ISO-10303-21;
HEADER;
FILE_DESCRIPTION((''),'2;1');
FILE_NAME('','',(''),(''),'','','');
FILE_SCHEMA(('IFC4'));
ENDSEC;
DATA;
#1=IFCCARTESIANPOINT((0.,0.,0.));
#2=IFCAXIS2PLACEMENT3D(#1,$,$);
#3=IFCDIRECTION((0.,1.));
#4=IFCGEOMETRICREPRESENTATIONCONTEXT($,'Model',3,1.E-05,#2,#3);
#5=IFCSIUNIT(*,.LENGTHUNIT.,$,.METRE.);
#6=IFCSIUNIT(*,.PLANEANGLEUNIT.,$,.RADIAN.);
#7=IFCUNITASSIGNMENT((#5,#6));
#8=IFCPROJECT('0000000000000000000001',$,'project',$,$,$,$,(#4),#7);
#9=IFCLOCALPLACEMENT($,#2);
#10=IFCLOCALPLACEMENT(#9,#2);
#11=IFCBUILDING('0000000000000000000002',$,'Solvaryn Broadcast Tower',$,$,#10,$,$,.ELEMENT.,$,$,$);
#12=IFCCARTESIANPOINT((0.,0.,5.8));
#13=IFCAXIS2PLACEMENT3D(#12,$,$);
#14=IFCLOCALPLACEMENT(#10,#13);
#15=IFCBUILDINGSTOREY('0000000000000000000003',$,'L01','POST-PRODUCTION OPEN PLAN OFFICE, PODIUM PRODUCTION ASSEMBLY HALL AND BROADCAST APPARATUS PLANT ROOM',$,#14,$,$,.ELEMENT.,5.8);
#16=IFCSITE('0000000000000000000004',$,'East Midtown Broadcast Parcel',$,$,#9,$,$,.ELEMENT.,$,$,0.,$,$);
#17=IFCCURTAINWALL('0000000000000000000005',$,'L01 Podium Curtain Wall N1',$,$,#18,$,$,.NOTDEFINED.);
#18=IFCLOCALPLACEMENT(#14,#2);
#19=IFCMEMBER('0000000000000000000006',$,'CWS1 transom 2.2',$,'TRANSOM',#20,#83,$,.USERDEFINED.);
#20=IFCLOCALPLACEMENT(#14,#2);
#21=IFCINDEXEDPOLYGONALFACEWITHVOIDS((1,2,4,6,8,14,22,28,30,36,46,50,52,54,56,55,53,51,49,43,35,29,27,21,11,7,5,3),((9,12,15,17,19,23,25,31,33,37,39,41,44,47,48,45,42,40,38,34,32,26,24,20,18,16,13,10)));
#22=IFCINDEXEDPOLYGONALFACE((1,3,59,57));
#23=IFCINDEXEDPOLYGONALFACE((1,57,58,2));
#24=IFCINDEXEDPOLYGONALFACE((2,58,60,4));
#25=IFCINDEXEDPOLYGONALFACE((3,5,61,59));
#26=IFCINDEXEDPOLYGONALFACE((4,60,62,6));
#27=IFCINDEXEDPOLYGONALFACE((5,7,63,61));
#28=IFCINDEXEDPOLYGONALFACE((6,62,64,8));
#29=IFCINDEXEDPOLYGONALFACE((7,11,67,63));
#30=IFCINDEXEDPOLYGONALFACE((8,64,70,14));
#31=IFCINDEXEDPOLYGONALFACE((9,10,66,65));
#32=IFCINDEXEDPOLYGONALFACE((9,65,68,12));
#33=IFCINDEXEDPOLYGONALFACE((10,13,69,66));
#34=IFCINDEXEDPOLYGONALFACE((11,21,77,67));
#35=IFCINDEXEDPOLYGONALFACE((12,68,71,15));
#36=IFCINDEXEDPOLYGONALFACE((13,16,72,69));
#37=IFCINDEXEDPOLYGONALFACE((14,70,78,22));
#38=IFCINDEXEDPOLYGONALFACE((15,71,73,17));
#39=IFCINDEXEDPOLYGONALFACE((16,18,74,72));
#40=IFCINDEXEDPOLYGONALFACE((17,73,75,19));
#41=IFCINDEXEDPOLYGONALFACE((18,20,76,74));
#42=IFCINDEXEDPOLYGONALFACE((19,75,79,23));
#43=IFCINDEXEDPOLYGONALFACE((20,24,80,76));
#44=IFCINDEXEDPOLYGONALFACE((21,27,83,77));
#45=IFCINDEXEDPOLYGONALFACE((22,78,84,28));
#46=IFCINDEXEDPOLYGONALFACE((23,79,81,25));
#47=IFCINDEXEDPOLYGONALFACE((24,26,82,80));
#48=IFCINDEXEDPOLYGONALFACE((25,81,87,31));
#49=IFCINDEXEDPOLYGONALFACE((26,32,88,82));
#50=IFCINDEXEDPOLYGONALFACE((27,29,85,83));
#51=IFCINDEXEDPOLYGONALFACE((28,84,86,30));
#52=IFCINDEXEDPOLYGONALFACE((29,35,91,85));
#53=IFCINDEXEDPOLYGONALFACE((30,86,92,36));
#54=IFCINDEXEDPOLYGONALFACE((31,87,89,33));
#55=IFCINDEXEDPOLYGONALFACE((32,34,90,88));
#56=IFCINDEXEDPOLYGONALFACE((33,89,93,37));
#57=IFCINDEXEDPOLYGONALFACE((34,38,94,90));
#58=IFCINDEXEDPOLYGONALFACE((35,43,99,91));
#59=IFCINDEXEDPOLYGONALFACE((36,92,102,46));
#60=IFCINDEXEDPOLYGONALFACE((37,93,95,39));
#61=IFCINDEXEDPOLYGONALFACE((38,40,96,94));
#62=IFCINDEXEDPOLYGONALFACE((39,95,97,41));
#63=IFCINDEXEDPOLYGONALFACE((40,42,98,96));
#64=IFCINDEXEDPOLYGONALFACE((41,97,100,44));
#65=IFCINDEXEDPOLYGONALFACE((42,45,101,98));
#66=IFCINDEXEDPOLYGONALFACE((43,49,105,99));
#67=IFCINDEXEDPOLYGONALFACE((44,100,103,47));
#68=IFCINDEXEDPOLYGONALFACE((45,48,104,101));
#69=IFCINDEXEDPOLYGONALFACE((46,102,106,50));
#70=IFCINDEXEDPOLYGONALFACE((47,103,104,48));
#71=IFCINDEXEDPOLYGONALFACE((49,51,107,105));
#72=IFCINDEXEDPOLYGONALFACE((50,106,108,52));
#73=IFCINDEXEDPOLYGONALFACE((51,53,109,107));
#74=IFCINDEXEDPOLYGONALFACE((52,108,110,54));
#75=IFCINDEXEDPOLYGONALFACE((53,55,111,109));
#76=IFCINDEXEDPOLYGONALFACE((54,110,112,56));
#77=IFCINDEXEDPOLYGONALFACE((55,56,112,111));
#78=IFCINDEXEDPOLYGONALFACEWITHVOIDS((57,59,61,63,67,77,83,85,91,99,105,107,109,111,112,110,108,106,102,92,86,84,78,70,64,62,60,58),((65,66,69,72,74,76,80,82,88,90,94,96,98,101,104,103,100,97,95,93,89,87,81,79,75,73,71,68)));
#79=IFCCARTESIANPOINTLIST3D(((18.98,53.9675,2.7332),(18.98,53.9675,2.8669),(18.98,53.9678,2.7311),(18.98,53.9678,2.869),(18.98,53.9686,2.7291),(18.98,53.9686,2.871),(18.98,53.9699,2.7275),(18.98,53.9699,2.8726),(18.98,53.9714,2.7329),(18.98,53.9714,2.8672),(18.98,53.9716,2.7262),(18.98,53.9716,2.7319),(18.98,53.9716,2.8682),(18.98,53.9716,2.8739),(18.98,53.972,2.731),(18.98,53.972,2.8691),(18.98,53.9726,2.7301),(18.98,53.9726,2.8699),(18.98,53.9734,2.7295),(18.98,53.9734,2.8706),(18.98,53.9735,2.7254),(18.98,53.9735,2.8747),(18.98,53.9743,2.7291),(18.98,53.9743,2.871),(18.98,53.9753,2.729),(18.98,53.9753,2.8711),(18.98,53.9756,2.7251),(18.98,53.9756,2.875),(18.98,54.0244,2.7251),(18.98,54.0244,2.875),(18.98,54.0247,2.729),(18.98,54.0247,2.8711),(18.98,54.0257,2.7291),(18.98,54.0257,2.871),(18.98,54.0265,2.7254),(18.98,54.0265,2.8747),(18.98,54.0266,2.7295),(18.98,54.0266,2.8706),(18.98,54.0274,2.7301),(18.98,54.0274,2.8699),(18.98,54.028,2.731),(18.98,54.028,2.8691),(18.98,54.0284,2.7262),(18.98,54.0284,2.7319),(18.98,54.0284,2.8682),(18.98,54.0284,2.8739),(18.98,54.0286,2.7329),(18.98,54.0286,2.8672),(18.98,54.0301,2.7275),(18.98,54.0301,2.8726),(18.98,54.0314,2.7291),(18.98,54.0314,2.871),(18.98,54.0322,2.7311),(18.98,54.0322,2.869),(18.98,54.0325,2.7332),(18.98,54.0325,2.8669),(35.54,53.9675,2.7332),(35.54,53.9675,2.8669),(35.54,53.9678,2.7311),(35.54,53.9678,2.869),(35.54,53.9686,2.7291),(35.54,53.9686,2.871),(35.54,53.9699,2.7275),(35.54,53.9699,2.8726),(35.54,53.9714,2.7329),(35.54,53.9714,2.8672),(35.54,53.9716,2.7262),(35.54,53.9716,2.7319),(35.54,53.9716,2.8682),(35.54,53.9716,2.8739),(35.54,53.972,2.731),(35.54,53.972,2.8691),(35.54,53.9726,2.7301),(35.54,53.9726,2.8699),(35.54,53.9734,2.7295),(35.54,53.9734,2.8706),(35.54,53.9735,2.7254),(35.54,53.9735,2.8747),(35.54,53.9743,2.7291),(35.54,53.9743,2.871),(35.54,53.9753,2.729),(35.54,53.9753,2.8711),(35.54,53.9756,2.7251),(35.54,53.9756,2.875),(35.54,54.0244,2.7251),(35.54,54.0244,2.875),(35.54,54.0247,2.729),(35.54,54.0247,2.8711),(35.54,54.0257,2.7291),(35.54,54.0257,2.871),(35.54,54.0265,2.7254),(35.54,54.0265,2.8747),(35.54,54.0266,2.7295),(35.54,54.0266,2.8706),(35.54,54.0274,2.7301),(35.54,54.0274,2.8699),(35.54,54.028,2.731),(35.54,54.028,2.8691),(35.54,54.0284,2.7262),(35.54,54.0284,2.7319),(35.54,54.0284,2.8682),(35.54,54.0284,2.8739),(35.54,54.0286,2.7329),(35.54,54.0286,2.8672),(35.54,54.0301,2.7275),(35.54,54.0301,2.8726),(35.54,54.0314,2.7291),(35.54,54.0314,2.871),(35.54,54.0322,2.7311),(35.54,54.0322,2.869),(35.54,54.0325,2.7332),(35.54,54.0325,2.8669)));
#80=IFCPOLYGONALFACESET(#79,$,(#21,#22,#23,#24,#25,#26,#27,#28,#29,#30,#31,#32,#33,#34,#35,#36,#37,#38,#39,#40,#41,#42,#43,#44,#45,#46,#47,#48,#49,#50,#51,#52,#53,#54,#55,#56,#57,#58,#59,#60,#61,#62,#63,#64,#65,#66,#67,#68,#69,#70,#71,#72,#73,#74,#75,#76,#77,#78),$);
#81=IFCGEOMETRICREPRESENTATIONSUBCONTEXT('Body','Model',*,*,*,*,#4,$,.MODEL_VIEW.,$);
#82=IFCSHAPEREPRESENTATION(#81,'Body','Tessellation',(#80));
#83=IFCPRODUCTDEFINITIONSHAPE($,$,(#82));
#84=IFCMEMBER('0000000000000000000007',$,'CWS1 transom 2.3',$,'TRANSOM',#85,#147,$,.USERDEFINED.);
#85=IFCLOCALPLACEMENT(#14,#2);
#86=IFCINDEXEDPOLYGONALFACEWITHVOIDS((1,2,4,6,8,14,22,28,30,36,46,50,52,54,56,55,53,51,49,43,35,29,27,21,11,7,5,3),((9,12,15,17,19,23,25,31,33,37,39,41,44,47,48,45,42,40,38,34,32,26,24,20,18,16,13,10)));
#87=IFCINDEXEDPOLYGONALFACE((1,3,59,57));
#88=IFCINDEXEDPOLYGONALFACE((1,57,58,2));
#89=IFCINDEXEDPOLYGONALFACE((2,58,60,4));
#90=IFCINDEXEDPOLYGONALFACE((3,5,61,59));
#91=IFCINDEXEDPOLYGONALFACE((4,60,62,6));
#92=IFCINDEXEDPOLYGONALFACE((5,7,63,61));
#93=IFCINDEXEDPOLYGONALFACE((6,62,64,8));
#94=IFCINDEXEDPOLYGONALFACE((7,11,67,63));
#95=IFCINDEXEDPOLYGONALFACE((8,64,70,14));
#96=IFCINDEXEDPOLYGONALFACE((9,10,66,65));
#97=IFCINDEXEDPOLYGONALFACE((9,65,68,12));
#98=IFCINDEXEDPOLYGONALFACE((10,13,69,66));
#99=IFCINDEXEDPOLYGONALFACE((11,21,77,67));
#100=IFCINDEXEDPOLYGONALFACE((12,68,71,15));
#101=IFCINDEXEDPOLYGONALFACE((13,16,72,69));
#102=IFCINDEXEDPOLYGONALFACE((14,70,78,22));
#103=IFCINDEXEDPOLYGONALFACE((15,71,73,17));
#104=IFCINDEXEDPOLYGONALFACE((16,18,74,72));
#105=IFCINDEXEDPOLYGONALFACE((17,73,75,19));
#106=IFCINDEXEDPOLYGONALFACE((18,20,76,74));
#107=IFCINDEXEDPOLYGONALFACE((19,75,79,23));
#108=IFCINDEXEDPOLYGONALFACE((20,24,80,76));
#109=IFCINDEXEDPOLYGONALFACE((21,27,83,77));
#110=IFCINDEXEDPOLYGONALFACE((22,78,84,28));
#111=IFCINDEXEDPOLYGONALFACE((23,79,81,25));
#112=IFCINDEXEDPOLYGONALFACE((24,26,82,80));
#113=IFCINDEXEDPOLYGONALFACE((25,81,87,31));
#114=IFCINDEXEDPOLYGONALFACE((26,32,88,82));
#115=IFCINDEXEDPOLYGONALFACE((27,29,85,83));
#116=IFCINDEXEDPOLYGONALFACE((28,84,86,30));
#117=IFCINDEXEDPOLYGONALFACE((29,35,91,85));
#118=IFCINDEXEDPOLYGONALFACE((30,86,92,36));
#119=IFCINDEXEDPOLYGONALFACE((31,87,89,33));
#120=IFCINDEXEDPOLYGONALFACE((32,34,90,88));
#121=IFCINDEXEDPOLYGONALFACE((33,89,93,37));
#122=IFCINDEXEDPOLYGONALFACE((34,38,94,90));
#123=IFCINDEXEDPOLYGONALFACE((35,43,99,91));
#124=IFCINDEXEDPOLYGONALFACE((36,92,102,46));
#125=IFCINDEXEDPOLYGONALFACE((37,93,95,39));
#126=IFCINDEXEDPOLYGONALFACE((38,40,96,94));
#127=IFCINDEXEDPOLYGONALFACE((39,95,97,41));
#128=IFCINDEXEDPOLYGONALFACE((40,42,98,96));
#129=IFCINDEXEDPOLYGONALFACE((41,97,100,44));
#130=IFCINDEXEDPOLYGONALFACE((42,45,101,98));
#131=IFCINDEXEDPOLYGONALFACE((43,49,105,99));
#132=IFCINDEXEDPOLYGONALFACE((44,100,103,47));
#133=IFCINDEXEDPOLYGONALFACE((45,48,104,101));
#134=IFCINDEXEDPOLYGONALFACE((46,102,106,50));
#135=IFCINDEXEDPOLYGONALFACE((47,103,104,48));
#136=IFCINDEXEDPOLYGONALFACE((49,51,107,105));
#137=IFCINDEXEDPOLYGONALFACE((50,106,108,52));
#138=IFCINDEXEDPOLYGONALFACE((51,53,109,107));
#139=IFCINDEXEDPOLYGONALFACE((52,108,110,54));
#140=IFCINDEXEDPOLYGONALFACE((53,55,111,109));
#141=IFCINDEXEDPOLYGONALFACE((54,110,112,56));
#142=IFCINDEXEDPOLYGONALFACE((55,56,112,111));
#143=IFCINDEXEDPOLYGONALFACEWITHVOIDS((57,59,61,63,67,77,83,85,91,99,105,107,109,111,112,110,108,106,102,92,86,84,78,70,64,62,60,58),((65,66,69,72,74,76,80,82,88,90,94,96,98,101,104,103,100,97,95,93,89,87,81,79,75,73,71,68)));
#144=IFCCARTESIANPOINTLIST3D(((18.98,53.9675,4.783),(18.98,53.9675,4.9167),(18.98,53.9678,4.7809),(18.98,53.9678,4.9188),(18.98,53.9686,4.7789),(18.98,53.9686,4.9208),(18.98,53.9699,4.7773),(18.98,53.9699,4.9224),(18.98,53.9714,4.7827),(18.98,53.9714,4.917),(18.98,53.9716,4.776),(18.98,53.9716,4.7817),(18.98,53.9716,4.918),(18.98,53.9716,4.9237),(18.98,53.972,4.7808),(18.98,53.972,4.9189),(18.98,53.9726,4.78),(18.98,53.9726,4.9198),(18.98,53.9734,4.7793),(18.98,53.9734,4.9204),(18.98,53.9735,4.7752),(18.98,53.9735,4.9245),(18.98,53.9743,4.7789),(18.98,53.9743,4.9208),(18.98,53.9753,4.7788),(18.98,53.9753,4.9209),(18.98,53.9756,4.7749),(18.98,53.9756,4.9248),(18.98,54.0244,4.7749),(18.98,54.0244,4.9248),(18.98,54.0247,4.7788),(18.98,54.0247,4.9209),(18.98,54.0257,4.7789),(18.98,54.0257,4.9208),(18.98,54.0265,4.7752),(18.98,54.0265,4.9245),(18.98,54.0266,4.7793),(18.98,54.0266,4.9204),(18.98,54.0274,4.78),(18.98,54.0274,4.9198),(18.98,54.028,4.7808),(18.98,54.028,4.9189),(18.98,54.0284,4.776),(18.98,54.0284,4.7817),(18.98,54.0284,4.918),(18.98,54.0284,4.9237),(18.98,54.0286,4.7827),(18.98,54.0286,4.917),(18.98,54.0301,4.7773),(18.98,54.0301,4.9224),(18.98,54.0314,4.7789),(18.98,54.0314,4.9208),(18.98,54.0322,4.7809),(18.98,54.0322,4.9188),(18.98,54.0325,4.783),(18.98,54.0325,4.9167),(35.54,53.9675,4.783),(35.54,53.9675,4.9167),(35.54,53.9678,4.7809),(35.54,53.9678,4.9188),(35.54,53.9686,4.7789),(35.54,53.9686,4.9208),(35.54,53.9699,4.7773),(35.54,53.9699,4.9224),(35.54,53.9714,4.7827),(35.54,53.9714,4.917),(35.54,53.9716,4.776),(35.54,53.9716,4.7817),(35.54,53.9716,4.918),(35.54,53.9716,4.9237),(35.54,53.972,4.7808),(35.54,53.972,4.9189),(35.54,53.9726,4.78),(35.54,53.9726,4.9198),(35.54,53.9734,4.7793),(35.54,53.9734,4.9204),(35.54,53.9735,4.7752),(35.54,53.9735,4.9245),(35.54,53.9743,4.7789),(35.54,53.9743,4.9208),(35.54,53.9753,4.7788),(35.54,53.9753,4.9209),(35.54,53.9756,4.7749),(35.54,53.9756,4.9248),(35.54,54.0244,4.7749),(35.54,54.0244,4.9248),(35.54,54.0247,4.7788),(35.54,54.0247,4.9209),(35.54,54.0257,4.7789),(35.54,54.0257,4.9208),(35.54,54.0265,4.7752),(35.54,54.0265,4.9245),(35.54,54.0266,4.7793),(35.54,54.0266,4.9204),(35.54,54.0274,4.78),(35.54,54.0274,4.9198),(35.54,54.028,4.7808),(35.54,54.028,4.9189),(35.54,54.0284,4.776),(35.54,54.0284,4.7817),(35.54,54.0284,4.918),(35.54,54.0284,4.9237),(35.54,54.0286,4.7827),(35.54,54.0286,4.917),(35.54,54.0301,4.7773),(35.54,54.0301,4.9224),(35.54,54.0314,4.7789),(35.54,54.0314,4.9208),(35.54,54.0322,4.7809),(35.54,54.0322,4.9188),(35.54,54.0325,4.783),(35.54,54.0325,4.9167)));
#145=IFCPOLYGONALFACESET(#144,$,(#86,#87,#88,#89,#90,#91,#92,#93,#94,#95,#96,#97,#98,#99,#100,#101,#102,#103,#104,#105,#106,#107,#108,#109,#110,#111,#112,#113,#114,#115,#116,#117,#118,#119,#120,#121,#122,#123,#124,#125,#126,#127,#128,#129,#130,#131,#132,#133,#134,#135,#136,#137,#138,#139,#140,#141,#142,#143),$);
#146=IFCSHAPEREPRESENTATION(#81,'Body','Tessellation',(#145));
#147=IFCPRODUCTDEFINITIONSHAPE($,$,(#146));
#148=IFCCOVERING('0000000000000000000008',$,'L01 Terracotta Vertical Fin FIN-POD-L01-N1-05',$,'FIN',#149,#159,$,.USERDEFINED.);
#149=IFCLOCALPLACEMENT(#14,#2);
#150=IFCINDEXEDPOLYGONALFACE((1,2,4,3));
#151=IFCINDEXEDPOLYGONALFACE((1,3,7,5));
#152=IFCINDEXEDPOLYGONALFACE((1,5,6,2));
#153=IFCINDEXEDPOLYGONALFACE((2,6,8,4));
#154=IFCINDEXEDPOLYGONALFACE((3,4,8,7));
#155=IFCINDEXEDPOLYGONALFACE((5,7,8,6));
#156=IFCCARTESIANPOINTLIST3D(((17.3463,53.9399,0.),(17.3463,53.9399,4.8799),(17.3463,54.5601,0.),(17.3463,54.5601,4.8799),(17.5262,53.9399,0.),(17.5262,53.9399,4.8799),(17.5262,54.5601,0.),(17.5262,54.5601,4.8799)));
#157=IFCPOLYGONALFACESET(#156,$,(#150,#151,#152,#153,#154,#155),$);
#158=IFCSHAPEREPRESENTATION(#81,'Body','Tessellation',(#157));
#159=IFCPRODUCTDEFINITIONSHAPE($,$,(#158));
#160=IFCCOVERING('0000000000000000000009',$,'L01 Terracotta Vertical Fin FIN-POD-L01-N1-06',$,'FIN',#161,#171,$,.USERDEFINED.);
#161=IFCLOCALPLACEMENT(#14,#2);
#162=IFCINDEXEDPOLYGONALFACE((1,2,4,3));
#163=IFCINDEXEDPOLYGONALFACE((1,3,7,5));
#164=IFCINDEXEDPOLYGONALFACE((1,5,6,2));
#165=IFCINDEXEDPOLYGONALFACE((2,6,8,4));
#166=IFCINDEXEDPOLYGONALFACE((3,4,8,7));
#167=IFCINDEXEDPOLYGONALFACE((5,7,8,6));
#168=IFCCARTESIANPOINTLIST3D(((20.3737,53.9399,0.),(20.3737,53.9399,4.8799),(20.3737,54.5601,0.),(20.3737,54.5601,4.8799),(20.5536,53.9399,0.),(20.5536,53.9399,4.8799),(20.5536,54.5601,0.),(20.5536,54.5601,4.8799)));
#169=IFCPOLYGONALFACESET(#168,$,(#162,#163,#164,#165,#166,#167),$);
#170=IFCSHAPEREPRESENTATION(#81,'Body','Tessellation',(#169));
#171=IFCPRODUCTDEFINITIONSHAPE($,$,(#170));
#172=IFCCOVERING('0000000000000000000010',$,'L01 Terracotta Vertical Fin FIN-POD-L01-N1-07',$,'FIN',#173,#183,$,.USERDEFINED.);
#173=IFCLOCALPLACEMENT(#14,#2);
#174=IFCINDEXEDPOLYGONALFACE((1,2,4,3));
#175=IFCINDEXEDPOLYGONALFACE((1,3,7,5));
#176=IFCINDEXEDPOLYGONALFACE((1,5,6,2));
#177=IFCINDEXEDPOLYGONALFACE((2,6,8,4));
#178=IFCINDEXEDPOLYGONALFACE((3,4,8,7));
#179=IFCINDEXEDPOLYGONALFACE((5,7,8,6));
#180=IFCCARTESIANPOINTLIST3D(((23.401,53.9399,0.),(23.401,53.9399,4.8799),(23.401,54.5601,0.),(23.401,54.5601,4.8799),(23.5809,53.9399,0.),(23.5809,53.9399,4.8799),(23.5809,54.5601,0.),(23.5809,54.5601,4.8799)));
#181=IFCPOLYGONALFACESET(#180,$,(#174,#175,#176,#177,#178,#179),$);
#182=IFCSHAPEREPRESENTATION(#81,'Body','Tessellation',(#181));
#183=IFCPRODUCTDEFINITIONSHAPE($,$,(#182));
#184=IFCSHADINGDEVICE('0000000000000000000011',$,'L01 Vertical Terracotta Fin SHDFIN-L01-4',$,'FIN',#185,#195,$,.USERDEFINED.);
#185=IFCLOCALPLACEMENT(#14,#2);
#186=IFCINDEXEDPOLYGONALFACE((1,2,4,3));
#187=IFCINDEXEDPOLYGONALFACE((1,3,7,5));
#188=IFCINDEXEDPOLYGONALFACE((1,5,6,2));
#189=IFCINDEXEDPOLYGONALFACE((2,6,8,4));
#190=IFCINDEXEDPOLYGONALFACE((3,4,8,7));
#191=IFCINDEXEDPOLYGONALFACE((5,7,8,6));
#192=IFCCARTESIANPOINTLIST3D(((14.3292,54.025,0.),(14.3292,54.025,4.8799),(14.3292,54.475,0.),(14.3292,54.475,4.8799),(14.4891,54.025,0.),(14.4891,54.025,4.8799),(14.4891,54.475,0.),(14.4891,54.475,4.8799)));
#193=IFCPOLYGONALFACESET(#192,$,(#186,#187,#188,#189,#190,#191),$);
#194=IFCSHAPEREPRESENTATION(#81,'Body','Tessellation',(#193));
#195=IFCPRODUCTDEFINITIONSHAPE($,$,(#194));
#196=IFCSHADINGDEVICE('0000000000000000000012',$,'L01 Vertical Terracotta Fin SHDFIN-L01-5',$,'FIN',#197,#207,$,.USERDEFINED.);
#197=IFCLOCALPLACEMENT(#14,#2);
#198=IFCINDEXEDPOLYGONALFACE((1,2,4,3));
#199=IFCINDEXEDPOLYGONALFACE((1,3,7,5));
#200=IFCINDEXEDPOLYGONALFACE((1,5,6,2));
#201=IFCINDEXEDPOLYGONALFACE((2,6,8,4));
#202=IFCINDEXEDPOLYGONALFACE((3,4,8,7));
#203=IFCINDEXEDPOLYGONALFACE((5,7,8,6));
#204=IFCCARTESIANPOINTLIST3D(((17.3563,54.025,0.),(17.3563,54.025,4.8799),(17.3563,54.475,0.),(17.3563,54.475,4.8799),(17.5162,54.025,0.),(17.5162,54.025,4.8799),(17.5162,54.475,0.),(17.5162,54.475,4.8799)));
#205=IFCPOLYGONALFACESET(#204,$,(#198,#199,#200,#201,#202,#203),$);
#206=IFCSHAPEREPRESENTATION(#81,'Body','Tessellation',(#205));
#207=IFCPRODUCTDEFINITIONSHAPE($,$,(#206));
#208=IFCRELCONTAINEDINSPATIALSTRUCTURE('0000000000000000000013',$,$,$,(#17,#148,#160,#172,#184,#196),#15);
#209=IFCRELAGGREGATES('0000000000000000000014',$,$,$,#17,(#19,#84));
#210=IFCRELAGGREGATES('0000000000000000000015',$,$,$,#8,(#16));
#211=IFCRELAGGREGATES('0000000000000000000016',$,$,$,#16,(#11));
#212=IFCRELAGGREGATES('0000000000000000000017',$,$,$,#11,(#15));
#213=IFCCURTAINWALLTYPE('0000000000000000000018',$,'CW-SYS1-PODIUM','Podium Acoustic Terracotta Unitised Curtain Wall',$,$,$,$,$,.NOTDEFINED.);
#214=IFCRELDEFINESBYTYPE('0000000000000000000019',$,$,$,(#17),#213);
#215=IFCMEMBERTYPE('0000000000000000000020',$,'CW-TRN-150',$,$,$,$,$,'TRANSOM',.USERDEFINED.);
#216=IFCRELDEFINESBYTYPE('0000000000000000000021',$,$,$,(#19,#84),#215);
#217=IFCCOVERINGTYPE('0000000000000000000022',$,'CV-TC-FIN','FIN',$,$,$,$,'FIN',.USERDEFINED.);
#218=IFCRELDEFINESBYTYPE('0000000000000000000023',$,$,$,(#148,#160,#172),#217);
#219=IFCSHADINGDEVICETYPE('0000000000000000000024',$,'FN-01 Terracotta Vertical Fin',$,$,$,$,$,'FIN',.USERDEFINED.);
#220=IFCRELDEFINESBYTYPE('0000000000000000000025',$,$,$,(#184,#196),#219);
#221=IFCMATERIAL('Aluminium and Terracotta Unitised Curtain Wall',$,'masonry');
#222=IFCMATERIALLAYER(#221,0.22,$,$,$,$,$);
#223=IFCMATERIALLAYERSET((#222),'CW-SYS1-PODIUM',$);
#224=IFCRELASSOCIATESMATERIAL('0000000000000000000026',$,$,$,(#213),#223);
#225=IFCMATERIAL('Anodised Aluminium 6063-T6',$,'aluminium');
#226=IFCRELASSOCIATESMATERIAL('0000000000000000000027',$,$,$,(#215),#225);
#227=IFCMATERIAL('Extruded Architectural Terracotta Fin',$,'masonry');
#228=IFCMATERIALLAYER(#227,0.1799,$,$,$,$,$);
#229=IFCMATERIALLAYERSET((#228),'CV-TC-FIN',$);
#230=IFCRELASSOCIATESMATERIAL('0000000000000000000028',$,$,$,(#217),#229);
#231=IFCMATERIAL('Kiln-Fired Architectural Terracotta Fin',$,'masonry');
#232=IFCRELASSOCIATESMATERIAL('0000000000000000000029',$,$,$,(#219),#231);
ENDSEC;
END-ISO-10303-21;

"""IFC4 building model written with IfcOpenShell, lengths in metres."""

from ifc_helpers import new_model, si_unit, direction, frame, origin, origin_2d, place, context, subcontext, project, spatial, rectangle, hollow_rectangle, extrude, material, layer, layer_set, material_profile, profile_set, type_object, element, aggregate, save


model = new_model("IFC4")

# Units and contexts
model_context = context("Model", 3, precision=1e-05, world=origin(), true_north=direction((0.0, 1.0)))
body_context = subcontext(model_context, "Body", "Model", "MODEL_VIEW")
ifc_project = project(units=[si_unit("LENGTHUNIT", "METRE"), si_unit("PLANEANGLEUNIT", "RADIAN")], contexts=[model_context])

# Site, building, storey
site_placement = place(None, origin())
site = spatial("IfcSite", under=ifc_project, at=site_placement, Name="East Midtown Broadcast Parcel", CompositionType="ELEMENT", RefElevation=0.0)
building_placement = place(site_placement, origin())
building = spatial("IfcBuilding", under=site, at=building_placement, Name="Solvaryn Broadcast Tower", CompositionType="ELEMENT")
storey_placement = place(building_placement, frame((0.0, 0.0, 5.8)))
storey = spatial("IfcBuildingStorey", under=building, at=storey_placement, Name="L01", Description="POST-PRODUCTION OPEN PLAN OFFICE, PODIUM PRODUCTION ASSEMBLY HALL AND BROADCAST APPARATUS PLANT ROOM", CompositionType="ELEMENT", Elevation=5.8)

# Curtain wall, members
ifc_material_1 = material(Name="Aluminium and Terracotta Unitised Curtain Wall", Category="masonry")
ifc_layer_1 = layer(ifc_material_1, 0.22)
ifc_layer_set_1 = layer_set([ifc_layer_1], Name="CW-SYS1-PODIUM")
curtain_wall_type = type_object("IfcCurtainWallType", Name="CW-SYS1-PODIUM", Description="Podium Acoustic Terracotta Unitised Curtain Wall", PredefinedType="NOTDEFINED", material=ifc_layer_set_1)
curtain_wall_placement = place(storey_placement, origin())
curtain_wall = element("IfcCurtainWall", 1, at=curtain_wall_placement, inside=storey, type_object=curtain_wall_type, Name="L01 Podium Curtain Wall N1", PredefinedType="NOTDEFINED")
ifc_material_2 = material(Name="Anodised Aluminium 6063-T6", Category="aluminium")
ifc_material_profile_1 = material_profile(ifc_material_2, hollow_rectangle(XDim=0.0649, YDim=0.1499, WallThickness=0.0039, InnerFilletRadius=0.0039, OuterFilletRadius=0.0081, at=origin_2d()))
ifc_profile_set_1 = profile_set([ifc_material_profile_1], Name="Anodised Aluminium 6063-T6")
member_type_1 = type_object("IfcMemberType", Name="CW-TRN-150", ElementType="TRANSOM", PredefinedType="USERDEFINED", material=ifc_profile_set_1)
member_1_placement = place(storey_placement, frame((18.98, 54.0, 2.8), z_axis=(1.0, 0.0, 0.0), x_axis=(0.0, 1.0, 0.0)))
member_1 = element("IfcMember", 2, at=member_1_placement, type_object=member_type_1, Name="CWS1 transom 2.2", ObjectType="TRANSOM", PredefinedType="USERDEFINED", context=body_context, shape_type="SweptSolid", body=[
    extrude(hollow_rectangle(XDim=0.0649, YDim=0.1499, WallThickness=0.0039, InnerFilletRadius=0.0039, OuterFilletRadius=0.0081, at=origin_2d()), origin(), (0.0, 0.0, 1.0), 16.5601),
])
member_2_placement = place(storey_placement, frame((18.98, 54.0, 4.8499), z_axis=(1.0, 0.0, 0.0), x_axis=(0.0, 1.0, 0.0)))
member_2 = element("IfcMember", 3, at=member_2_placement, type_object=member_type_1, Name="CWS1 transom 2.3", ObjectType="TRANSOM", PredefinedType="USERDEFINED", context=body_context, shape_type="SweptSolid", body=[
    extrude(hollow_rectangle(XDim=0.0649, YDim=0.1499, WallThickness=0.0039, InnerFilletRadius=0.0039, OuterFilletRadius=0.0081, at=origin_2d()), origin(), (0.0, 0.0, 1.0), 16.5601),
])
aggregate(curtain_wall, [member_1, member_2])

# Coverings
ifc_material_3 = material(Name="Extruded Architectural Terracotta Fin", Category="masonry")
ifc_layer_2 = layer(ifc_material_3, 0.1799)
ifc_layer_set_2 = layer_set([ifc_layer_2], Name="CV-TC-FIN")
covering_type = type_object("IfcCoveringType", Name="CV-TC-FIN", Description="FIN", ElementType="FIN", PredefinedType="USERDEFINED", material=ifc_layer_set_2)
for number, where, z_axis, x_axis, name in (
    (4, (17.4363, 54.25, 0.0), (0.0, 0.0, 1.0), (1.0, 0.0, 0.0), "L01 Terracotta Vertical Fin FIN-POD-L01-N1-05"),
    (5, (20.4636, 54.25, 0.0), (0.0, 0.0, 1.0), (1.0, 0.0, 0.0), "L01 Terracotta Vertical Fin FIN-POD-L01-N1-06"),
    (6, (23.491, 54.25, 0.0), (0.0, 0.0, 1.0), (1.0, 0.0, 0.0), "L01 Terracotta Vertical Fin FIN-POD-L01-N1-07"),
):
    element("IfcCovering", number, at=place(storey_placement, frame(where, z_axis=z_axis, x_axis=x_axis)), inside=storey, type_object=covering_type, Name=name, ObjectType="FIN", PredefinedType="USERDEFINED", context=body_context, shape_type="SweptSolid", body=[
        extrude(rectangle(XDim=0.1799, YDim=0.6201, at=origin_2d()), origin(), (0.0, 0.0, 1.0), 4.8799),
    ])

# Shading devices
ifc_material_4 = material(Name="Kiln-Fired Architectural Terracotta Fin", Category="masonry")
shading_device_type = type_object("IfcShadingDeviceType", Name="FN-01 Terracotta Vertical Fin", ElementType="FIN", PredefinedType="USERDEFINED", material=ifc_material_4)
for number, where, z_axis, x_axis, name in (
    (7, (14.4092, 54.25, 0.0), (0.0, 0.0, 1.0), (1.0, 0.0, 0.0), "L01 Vertical Terracotta Fin SHDFIN-L01-4"),
    (8, (17.4363, 54.25, 0.0), (0.0, 0.0, 1.0), (1.0, 0.0, 0.0), "L01 Vertical Terracotta Fin SHDFIN-L01-5"),
):
    element("IfcShadingDevice", number, at=place(storey_placement, frame(where, z_axis=z_axis, x_axis=x_axis)), inside=storey, type_object=shading_device_type, Name=name, ObjectType="FIN", PredefinedType="USERDEFINED", context=body_context, shape_type="SweptSolid", body=[
        extrude(rectangle(XDim=0.1599, YDim=0.45, at=origin_2d()), origin(), (0.0, 0.0, 1.0), 4.8799),
    ])

save(model, "model.ifc")
